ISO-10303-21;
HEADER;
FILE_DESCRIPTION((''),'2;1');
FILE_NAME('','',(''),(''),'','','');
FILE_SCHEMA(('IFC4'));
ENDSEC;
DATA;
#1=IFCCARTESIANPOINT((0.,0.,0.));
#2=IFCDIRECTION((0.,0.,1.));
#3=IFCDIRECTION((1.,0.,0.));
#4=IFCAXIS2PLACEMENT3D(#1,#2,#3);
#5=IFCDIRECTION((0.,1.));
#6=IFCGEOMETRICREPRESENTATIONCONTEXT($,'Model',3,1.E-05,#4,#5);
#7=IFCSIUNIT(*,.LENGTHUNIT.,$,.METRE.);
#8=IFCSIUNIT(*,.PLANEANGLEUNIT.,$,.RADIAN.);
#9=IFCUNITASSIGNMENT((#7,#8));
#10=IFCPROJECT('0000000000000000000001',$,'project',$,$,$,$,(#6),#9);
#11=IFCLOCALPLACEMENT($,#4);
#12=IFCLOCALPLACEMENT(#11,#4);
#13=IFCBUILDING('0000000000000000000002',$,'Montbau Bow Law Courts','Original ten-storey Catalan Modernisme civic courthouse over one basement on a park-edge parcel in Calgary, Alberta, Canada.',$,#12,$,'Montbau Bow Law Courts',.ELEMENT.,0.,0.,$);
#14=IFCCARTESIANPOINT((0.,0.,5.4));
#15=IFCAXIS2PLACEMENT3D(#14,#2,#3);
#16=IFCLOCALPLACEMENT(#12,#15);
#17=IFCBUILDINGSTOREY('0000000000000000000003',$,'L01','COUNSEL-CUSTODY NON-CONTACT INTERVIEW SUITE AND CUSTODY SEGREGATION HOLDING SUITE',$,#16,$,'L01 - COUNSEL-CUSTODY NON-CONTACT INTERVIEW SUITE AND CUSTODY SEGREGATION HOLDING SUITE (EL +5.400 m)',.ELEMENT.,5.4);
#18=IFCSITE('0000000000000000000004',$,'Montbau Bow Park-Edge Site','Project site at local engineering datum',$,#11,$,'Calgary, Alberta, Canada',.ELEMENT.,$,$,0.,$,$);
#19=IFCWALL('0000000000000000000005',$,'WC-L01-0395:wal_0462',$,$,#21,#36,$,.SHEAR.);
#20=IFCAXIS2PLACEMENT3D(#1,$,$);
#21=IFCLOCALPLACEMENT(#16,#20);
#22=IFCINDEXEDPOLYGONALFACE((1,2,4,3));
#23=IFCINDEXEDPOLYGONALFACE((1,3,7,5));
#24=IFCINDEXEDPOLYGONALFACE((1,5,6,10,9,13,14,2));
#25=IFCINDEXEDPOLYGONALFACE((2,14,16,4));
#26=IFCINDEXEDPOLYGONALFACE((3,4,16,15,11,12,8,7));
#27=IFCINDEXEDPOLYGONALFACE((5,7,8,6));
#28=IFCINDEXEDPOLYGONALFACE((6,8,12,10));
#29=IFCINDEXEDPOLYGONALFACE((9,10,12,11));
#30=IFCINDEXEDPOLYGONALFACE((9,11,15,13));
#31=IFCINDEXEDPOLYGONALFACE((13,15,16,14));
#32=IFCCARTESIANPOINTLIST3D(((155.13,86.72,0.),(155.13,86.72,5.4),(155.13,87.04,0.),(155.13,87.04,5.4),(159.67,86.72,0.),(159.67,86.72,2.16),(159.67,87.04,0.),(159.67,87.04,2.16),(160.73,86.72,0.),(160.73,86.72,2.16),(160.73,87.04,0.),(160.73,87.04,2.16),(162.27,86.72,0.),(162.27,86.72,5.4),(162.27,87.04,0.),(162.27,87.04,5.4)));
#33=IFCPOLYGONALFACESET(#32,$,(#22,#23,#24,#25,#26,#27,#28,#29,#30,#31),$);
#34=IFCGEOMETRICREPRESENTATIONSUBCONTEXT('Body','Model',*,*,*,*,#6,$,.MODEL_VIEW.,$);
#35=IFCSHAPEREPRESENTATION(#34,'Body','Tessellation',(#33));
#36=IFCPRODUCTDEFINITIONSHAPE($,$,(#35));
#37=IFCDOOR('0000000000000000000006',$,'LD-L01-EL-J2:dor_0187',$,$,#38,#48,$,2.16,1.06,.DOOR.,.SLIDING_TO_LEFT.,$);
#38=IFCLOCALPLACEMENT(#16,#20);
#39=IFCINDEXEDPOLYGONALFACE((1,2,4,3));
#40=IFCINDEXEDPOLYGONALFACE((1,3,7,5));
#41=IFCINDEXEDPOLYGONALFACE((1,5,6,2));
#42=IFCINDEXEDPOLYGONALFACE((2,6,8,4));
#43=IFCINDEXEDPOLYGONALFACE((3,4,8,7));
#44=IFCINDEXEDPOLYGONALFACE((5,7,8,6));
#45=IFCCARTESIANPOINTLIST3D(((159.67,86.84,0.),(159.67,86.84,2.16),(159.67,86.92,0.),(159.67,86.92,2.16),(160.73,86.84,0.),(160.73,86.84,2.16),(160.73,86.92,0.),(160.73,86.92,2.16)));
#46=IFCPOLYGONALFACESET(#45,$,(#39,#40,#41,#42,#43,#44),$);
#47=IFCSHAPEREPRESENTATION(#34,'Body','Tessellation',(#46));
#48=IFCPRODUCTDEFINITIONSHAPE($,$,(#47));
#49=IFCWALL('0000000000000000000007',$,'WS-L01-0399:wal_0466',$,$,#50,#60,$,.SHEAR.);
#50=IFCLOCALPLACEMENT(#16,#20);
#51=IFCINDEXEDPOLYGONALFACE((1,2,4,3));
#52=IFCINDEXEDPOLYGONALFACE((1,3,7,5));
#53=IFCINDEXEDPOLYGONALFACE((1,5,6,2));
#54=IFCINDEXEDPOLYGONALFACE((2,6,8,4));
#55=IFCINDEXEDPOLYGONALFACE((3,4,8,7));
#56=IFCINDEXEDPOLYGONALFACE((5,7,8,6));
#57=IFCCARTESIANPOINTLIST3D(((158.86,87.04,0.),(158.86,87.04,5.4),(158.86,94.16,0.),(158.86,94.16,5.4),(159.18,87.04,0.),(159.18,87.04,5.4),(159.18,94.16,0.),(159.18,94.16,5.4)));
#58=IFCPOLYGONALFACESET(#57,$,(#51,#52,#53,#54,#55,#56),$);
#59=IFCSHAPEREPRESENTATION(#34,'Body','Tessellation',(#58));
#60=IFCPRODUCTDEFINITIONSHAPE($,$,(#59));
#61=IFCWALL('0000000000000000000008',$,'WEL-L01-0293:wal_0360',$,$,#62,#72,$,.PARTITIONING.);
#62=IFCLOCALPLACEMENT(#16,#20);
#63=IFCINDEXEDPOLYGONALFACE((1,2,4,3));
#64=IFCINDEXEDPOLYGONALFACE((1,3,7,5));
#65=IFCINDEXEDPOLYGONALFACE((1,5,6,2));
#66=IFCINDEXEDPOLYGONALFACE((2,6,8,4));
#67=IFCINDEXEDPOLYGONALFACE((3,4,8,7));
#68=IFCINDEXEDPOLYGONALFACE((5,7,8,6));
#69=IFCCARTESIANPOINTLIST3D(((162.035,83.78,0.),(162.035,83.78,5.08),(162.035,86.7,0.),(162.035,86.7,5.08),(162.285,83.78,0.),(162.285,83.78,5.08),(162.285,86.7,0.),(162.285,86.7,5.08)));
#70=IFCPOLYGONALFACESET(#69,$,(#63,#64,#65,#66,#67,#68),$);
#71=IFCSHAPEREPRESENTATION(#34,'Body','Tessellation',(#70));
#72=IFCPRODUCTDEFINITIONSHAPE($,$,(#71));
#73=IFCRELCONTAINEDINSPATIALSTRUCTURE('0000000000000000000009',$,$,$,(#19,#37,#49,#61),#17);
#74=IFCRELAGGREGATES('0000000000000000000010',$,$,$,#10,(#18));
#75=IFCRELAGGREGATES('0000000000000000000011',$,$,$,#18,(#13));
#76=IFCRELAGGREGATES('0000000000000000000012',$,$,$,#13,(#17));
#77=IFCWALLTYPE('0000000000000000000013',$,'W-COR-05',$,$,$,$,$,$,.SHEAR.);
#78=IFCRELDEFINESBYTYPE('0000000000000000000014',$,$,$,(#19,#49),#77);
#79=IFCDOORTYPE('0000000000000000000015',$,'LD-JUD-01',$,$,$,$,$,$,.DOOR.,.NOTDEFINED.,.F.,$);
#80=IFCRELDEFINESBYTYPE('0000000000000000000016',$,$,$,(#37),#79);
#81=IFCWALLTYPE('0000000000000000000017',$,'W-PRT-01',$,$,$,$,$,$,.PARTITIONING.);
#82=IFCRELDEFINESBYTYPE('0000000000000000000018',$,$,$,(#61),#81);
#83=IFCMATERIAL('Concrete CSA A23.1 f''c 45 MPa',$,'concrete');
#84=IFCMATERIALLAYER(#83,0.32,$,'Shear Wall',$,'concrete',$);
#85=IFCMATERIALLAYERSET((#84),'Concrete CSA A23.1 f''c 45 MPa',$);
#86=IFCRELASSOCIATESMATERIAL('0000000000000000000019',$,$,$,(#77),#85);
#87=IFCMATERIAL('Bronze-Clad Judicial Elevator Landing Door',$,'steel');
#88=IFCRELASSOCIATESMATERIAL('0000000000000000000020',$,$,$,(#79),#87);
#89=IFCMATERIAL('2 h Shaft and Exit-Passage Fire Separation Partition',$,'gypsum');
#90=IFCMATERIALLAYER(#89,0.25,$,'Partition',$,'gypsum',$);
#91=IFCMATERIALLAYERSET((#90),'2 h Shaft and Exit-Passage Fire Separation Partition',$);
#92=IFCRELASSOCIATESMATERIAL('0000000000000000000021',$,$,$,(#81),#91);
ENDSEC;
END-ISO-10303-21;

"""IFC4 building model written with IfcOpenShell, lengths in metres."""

from ifc_helpers import new_model, si_unit, direction, frame, frame_2d, origin_with_axes, place, context, subcontext, project, spatial, rectangle, extrude, material, layer, layer_set, type_object, element, fill, save


model = new_model("IFC4")

# Units and contexts
model_context = context("Model", 3, precision=1e-05, world=origin_with_axes(), true_north=direction((0.0, 1.0)))
body_context = subcontext(model_context, "Body", "Model", "MODEL_VIEW")
ifc_project = project(units=[si_unit("LENGTHUNIT", "METRE"), si_unit("PLANEANGLEUNIT", "RADIAN")], contexts=[model_context])

# Site, building, storey
site_placement = place(None, origin_with_axes())
site = spatial("IfcSite", under=ifc_project, at=site_placement, Name="Montbau Bow Park-Edge Site", Description="Project site at local engineering datum", LongName="Calgary, Alberta, Canada", CompositionType="ELEMENT", RefElevation=0.0)
building_placement = place(site_placement, origin_with_axes())
building = spatial("IfcBuilding", under=site, at=building_placement, Name="Montbau Bow Law Courts", Description="Original ten-storey Catalan Modernisme civic courthouse over one basement on a park-edge parcel in Calgary, Alberta, Canada.", LongName="Montbau Bow Law Courts", CompositionType="ELEMENT", ElevationOfRefHeight=0.0, ElevationOfTerrain=0.0)
storey_placement = place(building_placement, frame((0.0, 0.0, 5.4), z_axis=(0.0, 0.0, 1.0), x_axis=(1.0, 0.0, 0.0)))
storey = spatial("IfcBuildingStorey", under=building, at=storey_placement, Name="L01", Description="COUNSEL-CUSTODY NON-CONTACT INTERVIEW SUITE AND CUSTODY SEGREGATION HOLDING SUITE", LongName="L01 - COUNSEL-CUSTODY NON-CONTACT INTERVIEW SUITE AND CUSTODY SEGREGATION HOLDING SUITE (EL +5.400 m)", CompositionType="ELEMENT", Elevation=5.4)

# Shared definitions
ifc_material_1 = material(Name="Concrete CSA A23.1 f'c 45 MPa", Category="concrete")

# Wall, opening, door
ifc_layer_1 = layer(ifc_material_1, 0.32, Name="Shear Wall", Category="concrete")
ifc_layer_set_1 = layer_set([ifc_layer_1], Name="Concrete CSA A23.1 f'c 45 MPa")
wall_type_1 = type_object("IfcWallType", Name="W-COR-05", PredefinedType="SHEAR", material=ifc_layer_set_1)
wall_1_placement = place(None, frame((155.13, 86.88, 5.4), z_axis=(0.0, 0.0, 1.0), x_axis=(1.0, 0.0, 0.0)))
wall_1 = element("IfcWall", 1, at=wall_1_placement, inside=storey, type_object=wall_type_1, Name="WC-L01-0395:wal_0462", PredefinedType="SHEAR", context=body_context, shape_type="SweptSolid", body=[
    extrude(rectangle(XDim=7.14, YDim=0.32, at=frame_2d((3.57, 0.0), x_axis=(1.0, 0.0))), origin_with_axes(), (0.0, 0.0, 1.0), 5.4),
])
opening_placement = place(None, frame((160.2, 86.88, 5.4), z_axis=(0.0, 0.0, 1.0), x_axis=(1.0, 0.0, 0.0)))
opening = element("IfcOpeningElement", 2, at=opening_placement, cuts=wall_1, PredefinedType="OPENING", context=body_context, shape_type="SweptSolid", body=[
    extrude(rectangle(XDim=1.06, YDim=2.16, at=frame_2d((0.0, 1.08), x_axis=(1.0, 0.0))), frame((0.0, 0.17, 0.0), z_axis=(0.0, -1.0, 0.0), x_axis=(1.0, 0.0, 0.0)), (0.0, 0.0, 1.0), 0.34),
])
ifc_material_2 = material(Name="Bronze-Clad Judicial Elevator Landing Door", Category="steel")
door_type = type_object("IfcDoorType", Name="LD-JUD-01", OperationType="NOTDEFINED", ParameterTakesPrecedence=False, PredefinedType="DOOR", material=ifc_material_2)
door_placement = place(None, frame((160.2, 86.88, 5.4), z_axis=(0.0, 0.0, 1.0), x_axis=(-1.0, 0.0, 0.0)))
door = element("IfcDoor", 3, at=door_placement, inside=storey, type_object=door_type, Name="LD-L01-EL-J2:dor_0187", OperationType="SLIDING_TO_LEFT", OverallHeight=2.16, OverallWidth=1.06, PredefinedType="DOOR", context=body_context, shape_type="SweptSolid", body=[
    extrude(rectangle(XDim=1.06, YDim=2.16, at=frame_2d((0.0, 1.08), x_axis=(1.0, 0.0))), frame((0.0, 0.04, 0.0), z_axis=(0.0, -1.0, 0.0), x_axis=(1.0, 0.0, 0.0)), (0.0, 0.0, 1.0), 0.08),
])
fill(opening, door)

# Walls
wall_2_placement = place(None, frame((159.02, 87.04, 5.4), z_axis=(0.0, 0.0, 1.0), x_axis=(0.0, 1.0, 0.0)))
element("IfcWall", 4, at=wall_2_placement, inside=storey, type_object=wall_type_1, Name="WS-L01-0399:wal_0466", PredefinedType="SHEAR", context=body_context, shape_type="SweptSolid", body=[
    extrude(rectangle(XDim=7.12, YDim=0.32, at=frame_2d((3.56, 0.0), x_axis=(1.0, 0.0))), origin_with_axes(), (0.0, 0.0, 1.0), 5.4),
])
ifc_material_3 = material(Name="2 h Shaft and Exit-Passage Fire Separation Partition", Category="gypsum")
ifc_layer_2 = layer(ifc_material_3, 0.25, Name="Partition", Category="gypsum")
ifc_layer_set_2 = layer_set([ifc_layer_2], Name="2 h Shaft and Exit-Passage Fire Separation Partition")
wall_type_2 = type_object("IfcWallType", Name="W-PRT-01", PredefinedType="PARTITIONING", material=ifc_layer_set_2)
wall_3_placement = place(None, frame((162.16, 83.78, 5.4), z_axis=(0.0, 0.0, 1.0), x_axis=(0.0, 1.0, 0.0)))
element("IfcWall", 5, at=wall_3_placement, inside=storey, type_object=wall_type_2, Name="WEL-L01-0293:wal_0360", PredefinedType="PARTITIONING", context=body_context, shape_type="SweptSolid", body=[
    extrude(rectangle(XDim=2.92, YDim=0.25, at=frame_2d((1.46, 0.0), x_axis=(1.0, 0.0))), origin_with_axes(), (0.0, 0.0, 1.0), 5.08),
])

save(model, "model.ifc")
